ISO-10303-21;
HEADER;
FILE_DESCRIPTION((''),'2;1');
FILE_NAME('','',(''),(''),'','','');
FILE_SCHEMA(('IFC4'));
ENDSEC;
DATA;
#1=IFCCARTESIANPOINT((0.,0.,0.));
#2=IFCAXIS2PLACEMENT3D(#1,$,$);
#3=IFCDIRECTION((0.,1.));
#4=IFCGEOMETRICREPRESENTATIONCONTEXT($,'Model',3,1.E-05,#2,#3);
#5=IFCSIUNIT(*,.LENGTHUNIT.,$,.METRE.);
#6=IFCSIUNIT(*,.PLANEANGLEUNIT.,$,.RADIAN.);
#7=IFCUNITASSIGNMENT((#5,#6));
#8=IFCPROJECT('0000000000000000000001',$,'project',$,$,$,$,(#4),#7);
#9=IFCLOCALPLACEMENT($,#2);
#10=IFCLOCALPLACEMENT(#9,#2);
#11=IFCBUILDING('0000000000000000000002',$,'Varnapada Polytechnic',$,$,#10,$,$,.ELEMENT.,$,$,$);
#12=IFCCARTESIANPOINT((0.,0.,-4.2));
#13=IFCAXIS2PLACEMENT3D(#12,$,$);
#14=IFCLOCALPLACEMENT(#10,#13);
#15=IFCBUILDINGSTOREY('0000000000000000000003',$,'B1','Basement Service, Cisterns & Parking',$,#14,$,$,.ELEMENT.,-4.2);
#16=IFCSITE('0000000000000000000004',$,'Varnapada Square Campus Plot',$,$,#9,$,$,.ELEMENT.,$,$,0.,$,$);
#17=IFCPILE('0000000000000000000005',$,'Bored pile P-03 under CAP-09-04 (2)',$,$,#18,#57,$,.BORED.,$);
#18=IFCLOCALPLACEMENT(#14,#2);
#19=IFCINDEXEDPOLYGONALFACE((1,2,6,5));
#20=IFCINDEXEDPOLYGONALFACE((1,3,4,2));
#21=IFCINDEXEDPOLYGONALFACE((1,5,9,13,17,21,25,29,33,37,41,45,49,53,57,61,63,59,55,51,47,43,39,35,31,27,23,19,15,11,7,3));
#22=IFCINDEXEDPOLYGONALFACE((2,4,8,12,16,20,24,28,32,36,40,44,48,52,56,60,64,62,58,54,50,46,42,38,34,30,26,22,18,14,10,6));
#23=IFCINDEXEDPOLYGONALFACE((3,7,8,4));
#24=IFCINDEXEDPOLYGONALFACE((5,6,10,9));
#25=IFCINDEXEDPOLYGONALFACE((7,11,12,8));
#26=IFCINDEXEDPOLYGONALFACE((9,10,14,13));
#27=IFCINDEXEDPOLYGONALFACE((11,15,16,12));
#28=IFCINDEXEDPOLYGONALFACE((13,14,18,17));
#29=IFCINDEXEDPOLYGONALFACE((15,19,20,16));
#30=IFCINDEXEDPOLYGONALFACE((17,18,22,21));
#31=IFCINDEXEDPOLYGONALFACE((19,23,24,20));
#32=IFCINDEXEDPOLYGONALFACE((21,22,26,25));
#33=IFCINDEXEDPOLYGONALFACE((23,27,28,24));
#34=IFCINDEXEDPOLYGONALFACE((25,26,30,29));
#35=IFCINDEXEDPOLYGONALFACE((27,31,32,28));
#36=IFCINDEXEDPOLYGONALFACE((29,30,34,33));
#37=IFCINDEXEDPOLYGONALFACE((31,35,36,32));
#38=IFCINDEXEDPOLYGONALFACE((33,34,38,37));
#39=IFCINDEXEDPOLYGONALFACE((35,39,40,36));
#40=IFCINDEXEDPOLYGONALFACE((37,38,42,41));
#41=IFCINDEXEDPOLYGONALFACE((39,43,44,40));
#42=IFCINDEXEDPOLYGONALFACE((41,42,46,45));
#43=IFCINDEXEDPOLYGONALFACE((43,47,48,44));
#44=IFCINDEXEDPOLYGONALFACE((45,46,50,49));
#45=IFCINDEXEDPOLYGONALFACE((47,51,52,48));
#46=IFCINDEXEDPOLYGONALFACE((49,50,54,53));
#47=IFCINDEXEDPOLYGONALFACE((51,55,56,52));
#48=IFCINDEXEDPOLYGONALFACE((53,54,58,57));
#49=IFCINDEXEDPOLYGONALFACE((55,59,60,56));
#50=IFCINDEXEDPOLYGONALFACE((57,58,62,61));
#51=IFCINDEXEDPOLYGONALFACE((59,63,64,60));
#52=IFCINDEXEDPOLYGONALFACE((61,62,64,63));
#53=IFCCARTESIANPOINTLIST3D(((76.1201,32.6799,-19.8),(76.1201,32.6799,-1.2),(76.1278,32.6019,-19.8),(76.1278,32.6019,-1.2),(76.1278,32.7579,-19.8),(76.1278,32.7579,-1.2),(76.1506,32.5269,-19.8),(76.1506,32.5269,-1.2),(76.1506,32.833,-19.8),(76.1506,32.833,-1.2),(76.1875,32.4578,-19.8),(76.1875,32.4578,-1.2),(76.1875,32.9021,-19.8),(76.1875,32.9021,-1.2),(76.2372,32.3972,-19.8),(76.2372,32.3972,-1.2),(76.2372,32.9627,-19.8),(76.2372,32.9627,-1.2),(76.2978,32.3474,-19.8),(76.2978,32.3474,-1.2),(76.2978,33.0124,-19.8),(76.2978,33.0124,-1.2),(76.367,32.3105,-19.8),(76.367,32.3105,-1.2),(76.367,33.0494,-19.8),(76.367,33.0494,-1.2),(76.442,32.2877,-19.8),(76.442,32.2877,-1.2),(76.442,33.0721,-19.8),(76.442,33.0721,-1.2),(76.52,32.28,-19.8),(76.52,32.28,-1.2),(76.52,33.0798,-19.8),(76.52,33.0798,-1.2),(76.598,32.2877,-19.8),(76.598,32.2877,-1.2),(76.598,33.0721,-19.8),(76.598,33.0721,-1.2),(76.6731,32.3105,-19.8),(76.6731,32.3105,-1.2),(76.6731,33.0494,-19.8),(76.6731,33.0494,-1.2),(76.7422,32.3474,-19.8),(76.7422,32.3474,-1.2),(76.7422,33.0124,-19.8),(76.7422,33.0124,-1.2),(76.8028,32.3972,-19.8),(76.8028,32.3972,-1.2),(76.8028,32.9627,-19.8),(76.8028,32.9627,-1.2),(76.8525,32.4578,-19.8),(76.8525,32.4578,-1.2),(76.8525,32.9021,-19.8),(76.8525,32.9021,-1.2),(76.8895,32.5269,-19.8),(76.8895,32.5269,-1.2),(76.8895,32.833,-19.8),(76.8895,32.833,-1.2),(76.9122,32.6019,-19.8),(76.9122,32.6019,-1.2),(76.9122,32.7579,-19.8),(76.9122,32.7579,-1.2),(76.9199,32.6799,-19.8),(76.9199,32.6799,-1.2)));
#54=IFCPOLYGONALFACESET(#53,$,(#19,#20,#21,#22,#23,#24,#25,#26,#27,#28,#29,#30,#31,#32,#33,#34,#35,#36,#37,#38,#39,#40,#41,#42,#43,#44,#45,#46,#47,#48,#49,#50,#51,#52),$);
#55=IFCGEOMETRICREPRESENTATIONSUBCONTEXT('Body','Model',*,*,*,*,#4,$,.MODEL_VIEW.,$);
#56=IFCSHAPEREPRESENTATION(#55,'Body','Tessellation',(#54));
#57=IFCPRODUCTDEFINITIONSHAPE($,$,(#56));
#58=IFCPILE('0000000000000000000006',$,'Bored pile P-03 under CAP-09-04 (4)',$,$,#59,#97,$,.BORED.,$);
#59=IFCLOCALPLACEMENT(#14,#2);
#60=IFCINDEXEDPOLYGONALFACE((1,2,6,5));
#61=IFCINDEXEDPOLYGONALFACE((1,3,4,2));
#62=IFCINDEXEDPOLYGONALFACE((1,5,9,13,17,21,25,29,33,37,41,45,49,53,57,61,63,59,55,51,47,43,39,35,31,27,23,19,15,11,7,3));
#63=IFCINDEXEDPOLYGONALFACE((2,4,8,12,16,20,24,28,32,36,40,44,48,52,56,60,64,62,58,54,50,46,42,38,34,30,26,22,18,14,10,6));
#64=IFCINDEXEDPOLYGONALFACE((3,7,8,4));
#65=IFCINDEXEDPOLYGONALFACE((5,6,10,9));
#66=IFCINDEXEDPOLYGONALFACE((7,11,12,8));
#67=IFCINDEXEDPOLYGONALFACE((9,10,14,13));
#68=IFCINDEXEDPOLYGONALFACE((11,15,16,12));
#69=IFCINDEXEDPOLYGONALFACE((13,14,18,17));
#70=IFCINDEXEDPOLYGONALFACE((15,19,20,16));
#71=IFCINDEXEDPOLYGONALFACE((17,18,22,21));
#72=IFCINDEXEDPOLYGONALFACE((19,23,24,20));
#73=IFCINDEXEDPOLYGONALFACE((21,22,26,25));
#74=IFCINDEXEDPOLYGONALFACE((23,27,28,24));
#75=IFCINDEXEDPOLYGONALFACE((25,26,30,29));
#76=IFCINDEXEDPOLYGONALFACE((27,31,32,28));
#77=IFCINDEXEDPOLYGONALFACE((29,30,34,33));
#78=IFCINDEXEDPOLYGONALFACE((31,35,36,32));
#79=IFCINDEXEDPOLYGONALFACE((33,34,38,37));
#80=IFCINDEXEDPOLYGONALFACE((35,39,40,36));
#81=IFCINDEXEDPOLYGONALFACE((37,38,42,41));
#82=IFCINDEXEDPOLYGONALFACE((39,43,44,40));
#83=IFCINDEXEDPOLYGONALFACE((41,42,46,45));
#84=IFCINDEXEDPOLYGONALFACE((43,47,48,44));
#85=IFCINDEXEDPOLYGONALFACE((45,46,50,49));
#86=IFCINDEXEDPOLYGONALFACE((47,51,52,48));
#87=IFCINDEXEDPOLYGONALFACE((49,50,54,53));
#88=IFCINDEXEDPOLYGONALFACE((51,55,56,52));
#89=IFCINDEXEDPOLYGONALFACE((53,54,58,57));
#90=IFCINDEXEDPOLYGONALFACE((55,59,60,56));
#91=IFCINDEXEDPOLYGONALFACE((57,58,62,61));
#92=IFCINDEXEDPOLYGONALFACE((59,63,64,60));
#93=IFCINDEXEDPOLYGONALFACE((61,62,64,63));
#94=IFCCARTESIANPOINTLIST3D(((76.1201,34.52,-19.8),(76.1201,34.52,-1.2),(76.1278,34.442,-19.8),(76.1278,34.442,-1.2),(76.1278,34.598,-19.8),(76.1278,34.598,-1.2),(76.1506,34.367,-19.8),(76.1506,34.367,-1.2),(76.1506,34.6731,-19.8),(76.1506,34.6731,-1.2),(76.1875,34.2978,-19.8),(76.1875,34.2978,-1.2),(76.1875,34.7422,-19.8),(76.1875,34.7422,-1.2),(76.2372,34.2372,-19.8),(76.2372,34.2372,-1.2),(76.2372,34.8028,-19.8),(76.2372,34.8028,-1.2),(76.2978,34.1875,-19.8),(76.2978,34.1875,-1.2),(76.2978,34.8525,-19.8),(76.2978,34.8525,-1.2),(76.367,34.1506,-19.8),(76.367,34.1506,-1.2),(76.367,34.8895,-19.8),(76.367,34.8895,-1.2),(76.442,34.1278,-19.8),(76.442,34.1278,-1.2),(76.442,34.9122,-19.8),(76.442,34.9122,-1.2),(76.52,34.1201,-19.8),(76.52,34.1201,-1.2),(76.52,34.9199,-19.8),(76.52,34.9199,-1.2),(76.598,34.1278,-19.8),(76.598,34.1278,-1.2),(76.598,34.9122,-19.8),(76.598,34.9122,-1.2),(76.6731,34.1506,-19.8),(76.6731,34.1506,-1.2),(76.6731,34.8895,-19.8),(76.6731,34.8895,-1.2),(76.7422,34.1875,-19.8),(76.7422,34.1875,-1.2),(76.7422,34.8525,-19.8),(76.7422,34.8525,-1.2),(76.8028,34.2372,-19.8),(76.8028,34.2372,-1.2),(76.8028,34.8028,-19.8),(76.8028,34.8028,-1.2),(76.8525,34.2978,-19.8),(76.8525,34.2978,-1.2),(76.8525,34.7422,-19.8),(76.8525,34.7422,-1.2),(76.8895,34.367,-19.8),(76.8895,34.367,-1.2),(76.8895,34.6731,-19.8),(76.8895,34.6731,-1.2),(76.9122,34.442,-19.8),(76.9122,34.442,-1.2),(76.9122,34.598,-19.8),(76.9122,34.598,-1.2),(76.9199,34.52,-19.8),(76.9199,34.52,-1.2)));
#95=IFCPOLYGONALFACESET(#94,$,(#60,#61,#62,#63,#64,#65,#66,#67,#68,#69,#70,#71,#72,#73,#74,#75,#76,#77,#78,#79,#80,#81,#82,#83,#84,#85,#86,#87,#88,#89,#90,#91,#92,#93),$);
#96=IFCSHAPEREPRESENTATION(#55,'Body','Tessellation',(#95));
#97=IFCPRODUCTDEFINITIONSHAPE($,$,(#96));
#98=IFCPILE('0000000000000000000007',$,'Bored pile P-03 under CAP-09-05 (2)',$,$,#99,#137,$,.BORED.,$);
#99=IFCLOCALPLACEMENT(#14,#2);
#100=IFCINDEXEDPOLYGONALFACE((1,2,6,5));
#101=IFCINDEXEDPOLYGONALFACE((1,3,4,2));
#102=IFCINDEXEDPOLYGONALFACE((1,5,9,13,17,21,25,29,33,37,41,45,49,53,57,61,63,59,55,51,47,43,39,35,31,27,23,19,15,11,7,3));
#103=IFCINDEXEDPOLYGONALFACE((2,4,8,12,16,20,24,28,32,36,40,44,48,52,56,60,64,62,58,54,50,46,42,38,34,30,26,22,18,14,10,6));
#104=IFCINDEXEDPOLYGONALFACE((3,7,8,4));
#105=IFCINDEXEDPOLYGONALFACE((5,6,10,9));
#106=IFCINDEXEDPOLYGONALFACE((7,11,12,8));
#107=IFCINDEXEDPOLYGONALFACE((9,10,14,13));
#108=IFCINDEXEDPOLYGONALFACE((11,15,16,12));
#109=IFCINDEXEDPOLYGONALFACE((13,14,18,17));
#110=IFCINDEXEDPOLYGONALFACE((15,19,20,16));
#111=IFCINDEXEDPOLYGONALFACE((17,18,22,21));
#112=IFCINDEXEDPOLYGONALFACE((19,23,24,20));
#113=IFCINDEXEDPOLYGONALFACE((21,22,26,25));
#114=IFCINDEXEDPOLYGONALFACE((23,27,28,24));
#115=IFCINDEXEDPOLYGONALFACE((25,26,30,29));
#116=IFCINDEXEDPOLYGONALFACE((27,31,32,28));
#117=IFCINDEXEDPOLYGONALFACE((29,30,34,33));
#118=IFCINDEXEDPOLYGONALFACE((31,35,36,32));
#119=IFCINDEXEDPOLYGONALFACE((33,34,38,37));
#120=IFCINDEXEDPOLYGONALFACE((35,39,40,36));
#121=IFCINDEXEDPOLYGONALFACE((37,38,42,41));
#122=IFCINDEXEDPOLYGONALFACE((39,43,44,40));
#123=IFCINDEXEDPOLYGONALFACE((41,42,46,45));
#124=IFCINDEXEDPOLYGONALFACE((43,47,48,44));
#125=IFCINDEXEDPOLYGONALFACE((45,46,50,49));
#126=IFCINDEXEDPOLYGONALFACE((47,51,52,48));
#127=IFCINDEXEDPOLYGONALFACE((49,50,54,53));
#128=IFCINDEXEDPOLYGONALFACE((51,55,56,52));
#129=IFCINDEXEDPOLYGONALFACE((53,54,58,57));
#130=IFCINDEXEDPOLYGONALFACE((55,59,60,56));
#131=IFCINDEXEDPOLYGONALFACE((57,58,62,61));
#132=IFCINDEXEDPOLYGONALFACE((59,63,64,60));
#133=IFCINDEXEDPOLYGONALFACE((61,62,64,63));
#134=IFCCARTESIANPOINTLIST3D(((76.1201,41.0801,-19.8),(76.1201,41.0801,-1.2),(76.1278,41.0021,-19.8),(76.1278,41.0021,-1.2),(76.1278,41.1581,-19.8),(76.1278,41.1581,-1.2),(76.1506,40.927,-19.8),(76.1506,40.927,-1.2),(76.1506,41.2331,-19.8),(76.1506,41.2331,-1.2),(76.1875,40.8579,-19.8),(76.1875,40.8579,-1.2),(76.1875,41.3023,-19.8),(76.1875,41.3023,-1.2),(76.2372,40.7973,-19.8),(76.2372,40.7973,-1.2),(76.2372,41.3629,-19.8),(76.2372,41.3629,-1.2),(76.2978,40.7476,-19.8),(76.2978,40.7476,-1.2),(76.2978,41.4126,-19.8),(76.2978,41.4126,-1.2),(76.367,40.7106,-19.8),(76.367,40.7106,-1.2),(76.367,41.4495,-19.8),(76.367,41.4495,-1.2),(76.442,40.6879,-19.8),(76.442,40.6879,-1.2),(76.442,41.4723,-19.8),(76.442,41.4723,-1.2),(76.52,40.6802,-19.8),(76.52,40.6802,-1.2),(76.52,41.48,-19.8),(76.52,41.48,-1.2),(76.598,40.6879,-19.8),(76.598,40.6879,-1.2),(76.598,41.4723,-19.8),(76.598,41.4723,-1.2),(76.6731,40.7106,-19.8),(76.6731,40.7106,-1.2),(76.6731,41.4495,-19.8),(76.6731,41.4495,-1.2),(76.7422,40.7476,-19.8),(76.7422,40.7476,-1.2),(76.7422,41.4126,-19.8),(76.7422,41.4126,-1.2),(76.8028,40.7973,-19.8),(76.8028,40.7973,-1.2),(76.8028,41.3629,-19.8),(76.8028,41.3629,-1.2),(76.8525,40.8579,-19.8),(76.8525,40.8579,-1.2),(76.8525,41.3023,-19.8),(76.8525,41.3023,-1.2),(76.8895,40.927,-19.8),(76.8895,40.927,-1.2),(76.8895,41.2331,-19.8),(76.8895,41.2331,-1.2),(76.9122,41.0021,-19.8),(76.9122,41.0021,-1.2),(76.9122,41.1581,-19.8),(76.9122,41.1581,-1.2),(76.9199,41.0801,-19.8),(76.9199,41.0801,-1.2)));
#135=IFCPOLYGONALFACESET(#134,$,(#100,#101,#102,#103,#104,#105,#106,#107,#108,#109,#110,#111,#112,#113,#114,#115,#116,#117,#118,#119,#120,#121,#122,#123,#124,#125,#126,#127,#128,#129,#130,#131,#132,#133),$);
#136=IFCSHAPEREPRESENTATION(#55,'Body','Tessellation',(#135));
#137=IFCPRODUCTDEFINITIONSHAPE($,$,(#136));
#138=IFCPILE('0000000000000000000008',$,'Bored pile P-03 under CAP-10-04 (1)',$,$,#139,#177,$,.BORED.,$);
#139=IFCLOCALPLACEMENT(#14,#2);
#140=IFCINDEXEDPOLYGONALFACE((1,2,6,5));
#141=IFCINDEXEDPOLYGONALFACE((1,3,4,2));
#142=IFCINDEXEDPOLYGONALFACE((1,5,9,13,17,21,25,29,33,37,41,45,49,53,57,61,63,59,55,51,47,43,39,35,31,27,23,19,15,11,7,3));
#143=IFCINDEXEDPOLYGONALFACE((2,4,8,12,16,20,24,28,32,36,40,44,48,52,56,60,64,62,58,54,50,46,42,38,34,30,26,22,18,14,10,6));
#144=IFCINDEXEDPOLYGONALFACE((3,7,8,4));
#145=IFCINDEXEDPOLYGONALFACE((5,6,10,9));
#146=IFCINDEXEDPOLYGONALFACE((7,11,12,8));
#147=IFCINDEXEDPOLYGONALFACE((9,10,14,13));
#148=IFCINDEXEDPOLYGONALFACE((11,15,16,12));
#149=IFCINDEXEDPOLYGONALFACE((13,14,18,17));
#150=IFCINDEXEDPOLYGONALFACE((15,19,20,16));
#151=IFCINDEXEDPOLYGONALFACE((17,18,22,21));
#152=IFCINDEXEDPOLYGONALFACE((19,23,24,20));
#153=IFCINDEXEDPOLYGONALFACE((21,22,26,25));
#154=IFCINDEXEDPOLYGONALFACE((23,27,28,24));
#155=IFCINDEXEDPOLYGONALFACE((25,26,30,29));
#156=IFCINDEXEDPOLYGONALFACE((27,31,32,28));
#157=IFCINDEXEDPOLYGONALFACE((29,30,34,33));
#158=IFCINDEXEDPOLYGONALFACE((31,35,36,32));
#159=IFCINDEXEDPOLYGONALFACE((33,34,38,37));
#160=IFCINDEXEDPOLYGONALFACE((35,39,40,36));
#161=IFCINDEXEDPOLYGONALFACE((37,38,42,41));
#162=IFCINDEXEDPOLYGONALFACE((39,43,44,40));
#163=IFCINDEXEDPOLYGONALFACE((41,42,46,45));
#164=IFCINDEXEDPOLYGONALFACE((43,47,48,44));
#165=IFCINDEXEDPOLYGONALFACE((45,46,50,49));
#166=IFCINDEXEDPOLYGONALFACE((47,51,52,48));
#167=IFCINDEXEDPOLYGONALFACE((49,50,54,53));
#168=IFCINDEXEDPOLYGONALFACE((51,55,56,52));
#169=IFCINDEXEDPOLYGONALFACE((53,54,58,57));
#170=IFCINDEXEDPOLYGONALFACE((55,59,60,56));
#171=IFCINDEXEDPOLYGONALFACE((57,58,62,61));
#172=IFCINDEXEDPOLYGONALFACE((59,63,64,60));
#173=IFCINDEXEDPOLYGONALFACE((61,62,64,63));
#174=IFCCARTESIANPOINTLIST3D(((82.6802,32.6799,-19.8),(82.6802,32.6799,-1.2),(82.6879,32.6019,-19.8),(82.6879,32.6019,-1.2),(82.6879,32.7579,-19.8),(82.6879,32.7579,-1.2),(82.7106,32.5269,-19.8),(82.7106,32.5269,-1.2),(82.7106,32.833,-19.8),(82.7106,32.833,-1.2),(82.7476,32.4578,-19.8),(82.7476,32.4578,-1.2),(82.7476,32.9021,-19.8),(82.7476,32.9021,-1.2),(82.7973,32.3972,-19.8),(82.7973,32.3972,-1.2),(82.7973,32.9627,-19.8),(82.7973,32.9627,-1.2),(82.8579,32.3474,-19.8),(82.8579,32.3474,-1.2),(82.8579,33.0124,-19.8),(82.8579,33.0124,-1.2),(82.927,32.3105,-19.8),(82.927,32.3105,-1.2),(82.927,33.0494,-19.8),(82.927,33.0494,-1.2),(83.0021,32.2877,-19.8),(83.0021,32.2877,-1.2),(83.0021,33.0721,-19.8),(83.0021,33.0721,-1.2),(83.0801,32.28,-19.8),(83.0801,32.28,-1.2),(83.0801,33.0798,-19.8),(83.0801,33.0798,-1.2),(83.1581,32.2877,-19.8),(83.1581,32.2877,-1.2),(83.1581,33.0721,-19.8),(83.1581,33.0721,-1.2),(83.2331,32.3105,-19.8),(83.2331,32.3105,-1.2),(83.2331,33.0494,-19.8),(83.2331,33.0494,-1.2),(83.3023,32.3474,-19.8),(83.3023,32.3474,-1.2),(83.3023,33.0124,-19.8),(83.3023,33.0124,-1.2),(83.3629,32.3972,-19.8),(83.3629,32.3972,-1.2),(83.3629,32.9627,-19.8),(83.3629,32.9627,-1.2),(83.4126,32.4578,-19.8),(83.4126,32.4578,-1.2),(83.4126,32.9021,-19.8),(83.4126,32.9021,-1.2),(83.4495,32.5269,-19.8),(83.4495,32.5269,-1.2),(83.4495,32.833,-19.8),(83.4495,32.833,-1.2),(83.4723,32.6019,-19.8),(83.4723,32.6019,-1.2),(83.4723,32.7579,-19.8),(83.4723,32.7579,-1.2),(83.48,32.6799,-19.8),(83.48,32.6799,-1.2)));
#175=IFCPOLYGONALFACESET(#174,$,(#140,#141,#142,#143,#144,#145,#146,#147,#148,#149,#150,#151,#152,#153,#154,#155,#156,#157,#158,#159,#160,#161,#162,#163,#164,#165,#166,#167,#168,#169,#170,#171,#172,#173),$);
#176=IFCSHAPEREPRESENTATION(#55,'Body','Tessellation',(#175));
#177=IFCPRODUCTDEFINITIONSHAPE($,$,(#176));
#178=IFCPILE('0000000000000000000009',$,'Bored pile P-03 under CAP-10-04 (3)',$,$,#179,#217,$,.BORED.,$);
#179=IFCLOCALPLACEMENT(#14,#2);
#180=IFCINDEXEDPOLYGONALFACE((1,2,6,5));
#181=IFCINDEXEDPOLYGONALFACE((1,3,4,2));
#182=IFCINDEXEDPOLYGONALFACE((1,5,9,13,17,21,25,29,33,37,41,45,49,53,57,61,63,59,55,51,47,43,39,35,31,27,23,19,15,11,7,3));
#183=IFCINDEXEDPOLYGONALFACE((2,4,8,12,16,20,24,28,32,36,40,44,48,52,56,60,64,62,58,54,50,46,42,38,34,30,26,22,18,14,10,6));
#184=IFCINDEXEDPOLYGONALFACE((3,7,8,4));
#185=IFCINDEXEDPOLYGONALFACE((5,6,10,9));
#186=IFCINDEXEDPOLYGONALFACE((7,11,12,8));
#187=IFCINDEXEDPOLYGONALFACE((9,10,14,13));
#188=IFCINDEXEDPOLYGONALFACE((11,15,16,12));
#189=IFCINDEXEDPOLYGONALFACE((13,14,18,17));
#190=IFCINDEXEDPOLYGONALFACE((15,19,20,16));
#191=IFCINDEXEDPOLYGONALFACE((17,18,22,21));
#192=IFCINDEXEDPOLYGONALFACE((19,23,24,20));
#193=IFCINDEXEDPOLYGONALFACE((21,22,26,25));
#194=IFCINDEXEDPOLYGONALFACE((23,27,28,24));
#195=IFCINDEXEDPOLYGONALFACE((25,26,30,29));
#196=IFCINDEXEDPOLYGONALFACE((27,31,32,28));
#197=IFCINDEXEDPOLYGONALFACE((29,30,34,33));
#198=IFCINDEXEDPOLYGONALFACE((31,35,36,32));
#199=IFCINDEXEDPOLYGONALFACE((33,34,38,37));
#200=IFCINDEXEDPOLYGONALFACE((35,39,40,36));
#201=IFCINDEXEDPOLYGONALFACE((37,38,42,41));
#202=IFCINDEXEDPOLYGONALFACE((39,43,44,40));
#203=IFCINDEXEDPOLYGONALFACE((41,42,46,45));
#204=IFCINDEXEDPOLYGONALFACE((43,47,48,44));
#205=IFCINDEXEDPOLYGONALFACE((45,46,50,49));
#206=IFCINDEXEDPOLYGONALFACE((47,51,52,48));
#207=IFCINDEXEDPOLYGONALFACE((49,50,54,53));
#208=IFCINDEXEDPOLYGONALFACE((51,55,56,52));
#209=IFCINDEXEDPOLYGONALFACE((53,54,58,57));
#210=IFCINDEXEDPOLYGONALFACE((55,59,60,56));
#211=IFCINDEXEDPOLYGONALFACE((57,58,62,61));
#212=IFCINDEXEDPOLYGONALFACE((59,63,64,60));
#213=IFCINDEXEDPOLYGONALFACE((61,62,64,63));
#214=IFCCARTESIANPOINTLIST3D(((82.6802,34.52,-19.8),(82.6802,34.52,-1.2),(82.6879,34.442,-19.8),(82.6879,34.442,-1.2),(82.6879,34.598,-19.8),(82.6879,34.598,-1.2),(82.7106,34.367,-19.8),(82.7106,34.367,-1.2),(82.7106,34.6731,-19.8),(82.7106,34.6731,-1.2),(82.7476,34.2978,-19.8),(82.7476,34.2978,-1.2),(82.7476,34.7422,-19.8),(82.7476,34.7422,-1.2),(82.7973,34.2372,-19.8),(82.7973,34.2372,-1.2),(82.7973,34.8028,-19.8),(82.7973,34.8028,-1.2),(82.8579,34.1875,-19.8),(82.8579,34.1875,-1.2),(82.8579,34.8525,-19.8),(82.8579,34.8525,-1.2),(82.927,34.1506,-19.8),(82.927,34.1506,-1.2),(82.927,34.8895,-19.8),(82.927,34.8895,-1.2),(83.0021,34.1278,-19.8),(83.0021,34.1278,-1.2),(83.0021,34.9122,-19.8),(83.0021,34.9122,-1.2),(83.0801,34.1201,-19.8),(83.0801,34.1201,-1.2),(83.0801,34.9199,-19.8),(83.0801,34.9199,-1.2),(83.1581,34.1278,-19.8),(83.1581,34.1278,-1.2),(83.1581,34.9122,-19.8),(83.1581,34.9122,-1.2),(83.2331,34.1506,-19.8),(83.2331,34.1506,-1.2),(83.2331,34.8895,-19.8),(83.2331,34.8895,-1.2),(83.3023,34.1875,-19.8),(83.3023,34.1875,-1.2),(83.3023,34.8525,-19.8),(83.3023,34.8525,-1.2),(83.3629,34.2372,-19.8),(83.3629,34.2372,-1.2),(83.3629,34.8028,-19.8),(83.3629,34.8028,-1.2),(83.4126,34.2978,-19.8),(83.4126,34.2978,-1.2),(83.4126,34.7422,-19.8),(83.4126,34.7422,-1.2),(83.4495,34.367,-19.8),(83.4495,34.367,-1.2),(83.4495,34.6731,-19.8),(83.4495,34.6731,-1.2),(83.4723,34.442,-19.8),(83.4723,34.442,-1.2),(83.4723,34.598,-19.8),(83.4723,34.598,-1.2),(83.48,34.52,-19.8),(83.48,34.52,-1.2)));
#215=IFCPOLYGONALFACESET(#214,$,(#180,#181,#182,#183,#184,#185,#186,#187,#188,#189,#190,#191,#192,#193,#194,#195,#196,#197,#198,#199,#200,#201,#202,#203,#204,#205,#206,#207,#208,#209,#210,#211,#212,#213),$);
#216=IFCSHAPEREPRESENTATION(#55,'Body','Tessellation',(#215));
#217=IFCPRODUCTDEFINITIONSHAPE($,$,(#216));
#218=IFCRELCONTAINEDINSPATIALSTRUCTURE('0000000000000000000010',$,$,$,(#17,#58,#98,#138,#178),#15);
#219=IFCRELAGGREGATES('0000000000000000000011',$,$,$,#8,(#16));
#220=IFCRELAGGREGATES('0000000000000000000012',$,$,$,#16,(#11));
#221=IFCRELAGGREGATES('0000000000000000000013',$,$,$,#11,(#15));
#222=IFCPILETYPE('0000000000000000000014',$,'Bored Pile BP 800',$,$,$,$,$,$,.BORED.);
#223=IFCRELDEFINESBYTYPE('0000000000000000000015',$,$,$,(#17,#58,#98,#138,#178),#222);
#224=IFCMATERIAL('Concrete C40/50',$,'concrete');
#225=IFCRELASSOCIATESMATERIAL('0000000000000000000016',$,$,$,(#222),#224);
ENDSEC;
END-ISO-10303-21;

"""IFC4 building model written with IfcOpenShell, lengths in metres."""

from ifc_helpers import new_model, si_unit, direction, frame, origin, origin_2d, place, context, subcontext, project, spatial, circle, extrude, material, material_profile, profile_set, type_object, element, save


model = new_model("IFC4")

# Units and contexts
model_context = context("Model", 3, precision=1e-05, world=origin(), true_north=direction((0.0, 1.0)))
body_context = subcontext(model_context, "Body", "Model", "MODEL_VIEW")
ifc_project = project(units=[si_unit("LENGTHUNIT", "METRE"), si_unit("PLANEANGLEUNIT", "RADIAN")], contexts=[model_context])

# Site, building, storey
site_placement = place(None, origin())
site = spatial("IfcSite", under=ifc_project, at=site_placement, Name="Varnapada Square Campus Plot", CompositionType="ELEMENT", RefElevation=0.0)
building_placement = place(site_placement, origin())
building = spatial("IfcBuilding", under=site, at=building_placement, Name="Varnapada Polytechnic", CompositionType="ELEMENT")
storey_placement = place(building_placement, frame((0.0, 0.0, -4.2)))
storey = spatial("IfcBuildingStorey", under=building, at=storey_placement, Name="B1", Description="Basement Service, Cisterns & Parking", CompositionType="ELEMENT", Elevation=-4.2)

# Piles
ifc_material_1 = material(Name="Concrete C40/50", Category="concrete")
ifc_material_profile_1 = material_profile(ifc_material_1, circle(Radius=0.3999, at=origin_2d()), Name="BP 800")
ifc_profile_set_1 = profile_set([ifc_material_profile_1], Name="Concrete C40/50")
pile_type = type_object("IfcPileType", Name="Bored Pile BP 800", PredefinedType="BORED", material=ifc_profile_set_1)
for number, where, z_axis, x_axis, name in (
    (1, (76.52, 32.6799, -1.2), (0.0, 0.0, -1.0), (1.0, 0.0, 0.0), "Bored pile P-03 under CAP-09-04 (2)"),
    (2, (76.52, 34.52, -1.2), (0.0, 0.0, -1.0), (1.0, 0.0, 0.0), "Bored pile P-03 under CAP-09-04 (4)"),
    (3, (76.52, 41.0801, -1.2), (0.0, 0.0, -1.0), (1.0, 0.0, 0.0), "Bored pile P-03 under CAP-09-05 (2)"),
    (4, (83.0801, 32.6799, -1.2), (0.0, 0.0, -1.0), (1.0, 0.0, 0.0), "Bored pile P-03 under CAP-10-04 (1)"),
    (5, (83.0801, 34.52, -1.2), (0.0, 0.0, -1.0), (1.0, 0.0, 0.0), "Bored pile P-03 under CAP-10-04 (3)"),
):
    element("IfcPile", number, at=place(storey_placement, frame(where, z_axis=z_axis, x_axis=x_axis)), inside=storey, type_object=pile_type, Name=name, PredefinedType="BORED", context=body_context, shape_type="SweptSolid", body=[
        extrude(circle(Radius=0.3999, at=origin_2d()), origin(), (0.0, 0.0, 1.0), 18.6001),
    ])

save(model, "model.ifc")
